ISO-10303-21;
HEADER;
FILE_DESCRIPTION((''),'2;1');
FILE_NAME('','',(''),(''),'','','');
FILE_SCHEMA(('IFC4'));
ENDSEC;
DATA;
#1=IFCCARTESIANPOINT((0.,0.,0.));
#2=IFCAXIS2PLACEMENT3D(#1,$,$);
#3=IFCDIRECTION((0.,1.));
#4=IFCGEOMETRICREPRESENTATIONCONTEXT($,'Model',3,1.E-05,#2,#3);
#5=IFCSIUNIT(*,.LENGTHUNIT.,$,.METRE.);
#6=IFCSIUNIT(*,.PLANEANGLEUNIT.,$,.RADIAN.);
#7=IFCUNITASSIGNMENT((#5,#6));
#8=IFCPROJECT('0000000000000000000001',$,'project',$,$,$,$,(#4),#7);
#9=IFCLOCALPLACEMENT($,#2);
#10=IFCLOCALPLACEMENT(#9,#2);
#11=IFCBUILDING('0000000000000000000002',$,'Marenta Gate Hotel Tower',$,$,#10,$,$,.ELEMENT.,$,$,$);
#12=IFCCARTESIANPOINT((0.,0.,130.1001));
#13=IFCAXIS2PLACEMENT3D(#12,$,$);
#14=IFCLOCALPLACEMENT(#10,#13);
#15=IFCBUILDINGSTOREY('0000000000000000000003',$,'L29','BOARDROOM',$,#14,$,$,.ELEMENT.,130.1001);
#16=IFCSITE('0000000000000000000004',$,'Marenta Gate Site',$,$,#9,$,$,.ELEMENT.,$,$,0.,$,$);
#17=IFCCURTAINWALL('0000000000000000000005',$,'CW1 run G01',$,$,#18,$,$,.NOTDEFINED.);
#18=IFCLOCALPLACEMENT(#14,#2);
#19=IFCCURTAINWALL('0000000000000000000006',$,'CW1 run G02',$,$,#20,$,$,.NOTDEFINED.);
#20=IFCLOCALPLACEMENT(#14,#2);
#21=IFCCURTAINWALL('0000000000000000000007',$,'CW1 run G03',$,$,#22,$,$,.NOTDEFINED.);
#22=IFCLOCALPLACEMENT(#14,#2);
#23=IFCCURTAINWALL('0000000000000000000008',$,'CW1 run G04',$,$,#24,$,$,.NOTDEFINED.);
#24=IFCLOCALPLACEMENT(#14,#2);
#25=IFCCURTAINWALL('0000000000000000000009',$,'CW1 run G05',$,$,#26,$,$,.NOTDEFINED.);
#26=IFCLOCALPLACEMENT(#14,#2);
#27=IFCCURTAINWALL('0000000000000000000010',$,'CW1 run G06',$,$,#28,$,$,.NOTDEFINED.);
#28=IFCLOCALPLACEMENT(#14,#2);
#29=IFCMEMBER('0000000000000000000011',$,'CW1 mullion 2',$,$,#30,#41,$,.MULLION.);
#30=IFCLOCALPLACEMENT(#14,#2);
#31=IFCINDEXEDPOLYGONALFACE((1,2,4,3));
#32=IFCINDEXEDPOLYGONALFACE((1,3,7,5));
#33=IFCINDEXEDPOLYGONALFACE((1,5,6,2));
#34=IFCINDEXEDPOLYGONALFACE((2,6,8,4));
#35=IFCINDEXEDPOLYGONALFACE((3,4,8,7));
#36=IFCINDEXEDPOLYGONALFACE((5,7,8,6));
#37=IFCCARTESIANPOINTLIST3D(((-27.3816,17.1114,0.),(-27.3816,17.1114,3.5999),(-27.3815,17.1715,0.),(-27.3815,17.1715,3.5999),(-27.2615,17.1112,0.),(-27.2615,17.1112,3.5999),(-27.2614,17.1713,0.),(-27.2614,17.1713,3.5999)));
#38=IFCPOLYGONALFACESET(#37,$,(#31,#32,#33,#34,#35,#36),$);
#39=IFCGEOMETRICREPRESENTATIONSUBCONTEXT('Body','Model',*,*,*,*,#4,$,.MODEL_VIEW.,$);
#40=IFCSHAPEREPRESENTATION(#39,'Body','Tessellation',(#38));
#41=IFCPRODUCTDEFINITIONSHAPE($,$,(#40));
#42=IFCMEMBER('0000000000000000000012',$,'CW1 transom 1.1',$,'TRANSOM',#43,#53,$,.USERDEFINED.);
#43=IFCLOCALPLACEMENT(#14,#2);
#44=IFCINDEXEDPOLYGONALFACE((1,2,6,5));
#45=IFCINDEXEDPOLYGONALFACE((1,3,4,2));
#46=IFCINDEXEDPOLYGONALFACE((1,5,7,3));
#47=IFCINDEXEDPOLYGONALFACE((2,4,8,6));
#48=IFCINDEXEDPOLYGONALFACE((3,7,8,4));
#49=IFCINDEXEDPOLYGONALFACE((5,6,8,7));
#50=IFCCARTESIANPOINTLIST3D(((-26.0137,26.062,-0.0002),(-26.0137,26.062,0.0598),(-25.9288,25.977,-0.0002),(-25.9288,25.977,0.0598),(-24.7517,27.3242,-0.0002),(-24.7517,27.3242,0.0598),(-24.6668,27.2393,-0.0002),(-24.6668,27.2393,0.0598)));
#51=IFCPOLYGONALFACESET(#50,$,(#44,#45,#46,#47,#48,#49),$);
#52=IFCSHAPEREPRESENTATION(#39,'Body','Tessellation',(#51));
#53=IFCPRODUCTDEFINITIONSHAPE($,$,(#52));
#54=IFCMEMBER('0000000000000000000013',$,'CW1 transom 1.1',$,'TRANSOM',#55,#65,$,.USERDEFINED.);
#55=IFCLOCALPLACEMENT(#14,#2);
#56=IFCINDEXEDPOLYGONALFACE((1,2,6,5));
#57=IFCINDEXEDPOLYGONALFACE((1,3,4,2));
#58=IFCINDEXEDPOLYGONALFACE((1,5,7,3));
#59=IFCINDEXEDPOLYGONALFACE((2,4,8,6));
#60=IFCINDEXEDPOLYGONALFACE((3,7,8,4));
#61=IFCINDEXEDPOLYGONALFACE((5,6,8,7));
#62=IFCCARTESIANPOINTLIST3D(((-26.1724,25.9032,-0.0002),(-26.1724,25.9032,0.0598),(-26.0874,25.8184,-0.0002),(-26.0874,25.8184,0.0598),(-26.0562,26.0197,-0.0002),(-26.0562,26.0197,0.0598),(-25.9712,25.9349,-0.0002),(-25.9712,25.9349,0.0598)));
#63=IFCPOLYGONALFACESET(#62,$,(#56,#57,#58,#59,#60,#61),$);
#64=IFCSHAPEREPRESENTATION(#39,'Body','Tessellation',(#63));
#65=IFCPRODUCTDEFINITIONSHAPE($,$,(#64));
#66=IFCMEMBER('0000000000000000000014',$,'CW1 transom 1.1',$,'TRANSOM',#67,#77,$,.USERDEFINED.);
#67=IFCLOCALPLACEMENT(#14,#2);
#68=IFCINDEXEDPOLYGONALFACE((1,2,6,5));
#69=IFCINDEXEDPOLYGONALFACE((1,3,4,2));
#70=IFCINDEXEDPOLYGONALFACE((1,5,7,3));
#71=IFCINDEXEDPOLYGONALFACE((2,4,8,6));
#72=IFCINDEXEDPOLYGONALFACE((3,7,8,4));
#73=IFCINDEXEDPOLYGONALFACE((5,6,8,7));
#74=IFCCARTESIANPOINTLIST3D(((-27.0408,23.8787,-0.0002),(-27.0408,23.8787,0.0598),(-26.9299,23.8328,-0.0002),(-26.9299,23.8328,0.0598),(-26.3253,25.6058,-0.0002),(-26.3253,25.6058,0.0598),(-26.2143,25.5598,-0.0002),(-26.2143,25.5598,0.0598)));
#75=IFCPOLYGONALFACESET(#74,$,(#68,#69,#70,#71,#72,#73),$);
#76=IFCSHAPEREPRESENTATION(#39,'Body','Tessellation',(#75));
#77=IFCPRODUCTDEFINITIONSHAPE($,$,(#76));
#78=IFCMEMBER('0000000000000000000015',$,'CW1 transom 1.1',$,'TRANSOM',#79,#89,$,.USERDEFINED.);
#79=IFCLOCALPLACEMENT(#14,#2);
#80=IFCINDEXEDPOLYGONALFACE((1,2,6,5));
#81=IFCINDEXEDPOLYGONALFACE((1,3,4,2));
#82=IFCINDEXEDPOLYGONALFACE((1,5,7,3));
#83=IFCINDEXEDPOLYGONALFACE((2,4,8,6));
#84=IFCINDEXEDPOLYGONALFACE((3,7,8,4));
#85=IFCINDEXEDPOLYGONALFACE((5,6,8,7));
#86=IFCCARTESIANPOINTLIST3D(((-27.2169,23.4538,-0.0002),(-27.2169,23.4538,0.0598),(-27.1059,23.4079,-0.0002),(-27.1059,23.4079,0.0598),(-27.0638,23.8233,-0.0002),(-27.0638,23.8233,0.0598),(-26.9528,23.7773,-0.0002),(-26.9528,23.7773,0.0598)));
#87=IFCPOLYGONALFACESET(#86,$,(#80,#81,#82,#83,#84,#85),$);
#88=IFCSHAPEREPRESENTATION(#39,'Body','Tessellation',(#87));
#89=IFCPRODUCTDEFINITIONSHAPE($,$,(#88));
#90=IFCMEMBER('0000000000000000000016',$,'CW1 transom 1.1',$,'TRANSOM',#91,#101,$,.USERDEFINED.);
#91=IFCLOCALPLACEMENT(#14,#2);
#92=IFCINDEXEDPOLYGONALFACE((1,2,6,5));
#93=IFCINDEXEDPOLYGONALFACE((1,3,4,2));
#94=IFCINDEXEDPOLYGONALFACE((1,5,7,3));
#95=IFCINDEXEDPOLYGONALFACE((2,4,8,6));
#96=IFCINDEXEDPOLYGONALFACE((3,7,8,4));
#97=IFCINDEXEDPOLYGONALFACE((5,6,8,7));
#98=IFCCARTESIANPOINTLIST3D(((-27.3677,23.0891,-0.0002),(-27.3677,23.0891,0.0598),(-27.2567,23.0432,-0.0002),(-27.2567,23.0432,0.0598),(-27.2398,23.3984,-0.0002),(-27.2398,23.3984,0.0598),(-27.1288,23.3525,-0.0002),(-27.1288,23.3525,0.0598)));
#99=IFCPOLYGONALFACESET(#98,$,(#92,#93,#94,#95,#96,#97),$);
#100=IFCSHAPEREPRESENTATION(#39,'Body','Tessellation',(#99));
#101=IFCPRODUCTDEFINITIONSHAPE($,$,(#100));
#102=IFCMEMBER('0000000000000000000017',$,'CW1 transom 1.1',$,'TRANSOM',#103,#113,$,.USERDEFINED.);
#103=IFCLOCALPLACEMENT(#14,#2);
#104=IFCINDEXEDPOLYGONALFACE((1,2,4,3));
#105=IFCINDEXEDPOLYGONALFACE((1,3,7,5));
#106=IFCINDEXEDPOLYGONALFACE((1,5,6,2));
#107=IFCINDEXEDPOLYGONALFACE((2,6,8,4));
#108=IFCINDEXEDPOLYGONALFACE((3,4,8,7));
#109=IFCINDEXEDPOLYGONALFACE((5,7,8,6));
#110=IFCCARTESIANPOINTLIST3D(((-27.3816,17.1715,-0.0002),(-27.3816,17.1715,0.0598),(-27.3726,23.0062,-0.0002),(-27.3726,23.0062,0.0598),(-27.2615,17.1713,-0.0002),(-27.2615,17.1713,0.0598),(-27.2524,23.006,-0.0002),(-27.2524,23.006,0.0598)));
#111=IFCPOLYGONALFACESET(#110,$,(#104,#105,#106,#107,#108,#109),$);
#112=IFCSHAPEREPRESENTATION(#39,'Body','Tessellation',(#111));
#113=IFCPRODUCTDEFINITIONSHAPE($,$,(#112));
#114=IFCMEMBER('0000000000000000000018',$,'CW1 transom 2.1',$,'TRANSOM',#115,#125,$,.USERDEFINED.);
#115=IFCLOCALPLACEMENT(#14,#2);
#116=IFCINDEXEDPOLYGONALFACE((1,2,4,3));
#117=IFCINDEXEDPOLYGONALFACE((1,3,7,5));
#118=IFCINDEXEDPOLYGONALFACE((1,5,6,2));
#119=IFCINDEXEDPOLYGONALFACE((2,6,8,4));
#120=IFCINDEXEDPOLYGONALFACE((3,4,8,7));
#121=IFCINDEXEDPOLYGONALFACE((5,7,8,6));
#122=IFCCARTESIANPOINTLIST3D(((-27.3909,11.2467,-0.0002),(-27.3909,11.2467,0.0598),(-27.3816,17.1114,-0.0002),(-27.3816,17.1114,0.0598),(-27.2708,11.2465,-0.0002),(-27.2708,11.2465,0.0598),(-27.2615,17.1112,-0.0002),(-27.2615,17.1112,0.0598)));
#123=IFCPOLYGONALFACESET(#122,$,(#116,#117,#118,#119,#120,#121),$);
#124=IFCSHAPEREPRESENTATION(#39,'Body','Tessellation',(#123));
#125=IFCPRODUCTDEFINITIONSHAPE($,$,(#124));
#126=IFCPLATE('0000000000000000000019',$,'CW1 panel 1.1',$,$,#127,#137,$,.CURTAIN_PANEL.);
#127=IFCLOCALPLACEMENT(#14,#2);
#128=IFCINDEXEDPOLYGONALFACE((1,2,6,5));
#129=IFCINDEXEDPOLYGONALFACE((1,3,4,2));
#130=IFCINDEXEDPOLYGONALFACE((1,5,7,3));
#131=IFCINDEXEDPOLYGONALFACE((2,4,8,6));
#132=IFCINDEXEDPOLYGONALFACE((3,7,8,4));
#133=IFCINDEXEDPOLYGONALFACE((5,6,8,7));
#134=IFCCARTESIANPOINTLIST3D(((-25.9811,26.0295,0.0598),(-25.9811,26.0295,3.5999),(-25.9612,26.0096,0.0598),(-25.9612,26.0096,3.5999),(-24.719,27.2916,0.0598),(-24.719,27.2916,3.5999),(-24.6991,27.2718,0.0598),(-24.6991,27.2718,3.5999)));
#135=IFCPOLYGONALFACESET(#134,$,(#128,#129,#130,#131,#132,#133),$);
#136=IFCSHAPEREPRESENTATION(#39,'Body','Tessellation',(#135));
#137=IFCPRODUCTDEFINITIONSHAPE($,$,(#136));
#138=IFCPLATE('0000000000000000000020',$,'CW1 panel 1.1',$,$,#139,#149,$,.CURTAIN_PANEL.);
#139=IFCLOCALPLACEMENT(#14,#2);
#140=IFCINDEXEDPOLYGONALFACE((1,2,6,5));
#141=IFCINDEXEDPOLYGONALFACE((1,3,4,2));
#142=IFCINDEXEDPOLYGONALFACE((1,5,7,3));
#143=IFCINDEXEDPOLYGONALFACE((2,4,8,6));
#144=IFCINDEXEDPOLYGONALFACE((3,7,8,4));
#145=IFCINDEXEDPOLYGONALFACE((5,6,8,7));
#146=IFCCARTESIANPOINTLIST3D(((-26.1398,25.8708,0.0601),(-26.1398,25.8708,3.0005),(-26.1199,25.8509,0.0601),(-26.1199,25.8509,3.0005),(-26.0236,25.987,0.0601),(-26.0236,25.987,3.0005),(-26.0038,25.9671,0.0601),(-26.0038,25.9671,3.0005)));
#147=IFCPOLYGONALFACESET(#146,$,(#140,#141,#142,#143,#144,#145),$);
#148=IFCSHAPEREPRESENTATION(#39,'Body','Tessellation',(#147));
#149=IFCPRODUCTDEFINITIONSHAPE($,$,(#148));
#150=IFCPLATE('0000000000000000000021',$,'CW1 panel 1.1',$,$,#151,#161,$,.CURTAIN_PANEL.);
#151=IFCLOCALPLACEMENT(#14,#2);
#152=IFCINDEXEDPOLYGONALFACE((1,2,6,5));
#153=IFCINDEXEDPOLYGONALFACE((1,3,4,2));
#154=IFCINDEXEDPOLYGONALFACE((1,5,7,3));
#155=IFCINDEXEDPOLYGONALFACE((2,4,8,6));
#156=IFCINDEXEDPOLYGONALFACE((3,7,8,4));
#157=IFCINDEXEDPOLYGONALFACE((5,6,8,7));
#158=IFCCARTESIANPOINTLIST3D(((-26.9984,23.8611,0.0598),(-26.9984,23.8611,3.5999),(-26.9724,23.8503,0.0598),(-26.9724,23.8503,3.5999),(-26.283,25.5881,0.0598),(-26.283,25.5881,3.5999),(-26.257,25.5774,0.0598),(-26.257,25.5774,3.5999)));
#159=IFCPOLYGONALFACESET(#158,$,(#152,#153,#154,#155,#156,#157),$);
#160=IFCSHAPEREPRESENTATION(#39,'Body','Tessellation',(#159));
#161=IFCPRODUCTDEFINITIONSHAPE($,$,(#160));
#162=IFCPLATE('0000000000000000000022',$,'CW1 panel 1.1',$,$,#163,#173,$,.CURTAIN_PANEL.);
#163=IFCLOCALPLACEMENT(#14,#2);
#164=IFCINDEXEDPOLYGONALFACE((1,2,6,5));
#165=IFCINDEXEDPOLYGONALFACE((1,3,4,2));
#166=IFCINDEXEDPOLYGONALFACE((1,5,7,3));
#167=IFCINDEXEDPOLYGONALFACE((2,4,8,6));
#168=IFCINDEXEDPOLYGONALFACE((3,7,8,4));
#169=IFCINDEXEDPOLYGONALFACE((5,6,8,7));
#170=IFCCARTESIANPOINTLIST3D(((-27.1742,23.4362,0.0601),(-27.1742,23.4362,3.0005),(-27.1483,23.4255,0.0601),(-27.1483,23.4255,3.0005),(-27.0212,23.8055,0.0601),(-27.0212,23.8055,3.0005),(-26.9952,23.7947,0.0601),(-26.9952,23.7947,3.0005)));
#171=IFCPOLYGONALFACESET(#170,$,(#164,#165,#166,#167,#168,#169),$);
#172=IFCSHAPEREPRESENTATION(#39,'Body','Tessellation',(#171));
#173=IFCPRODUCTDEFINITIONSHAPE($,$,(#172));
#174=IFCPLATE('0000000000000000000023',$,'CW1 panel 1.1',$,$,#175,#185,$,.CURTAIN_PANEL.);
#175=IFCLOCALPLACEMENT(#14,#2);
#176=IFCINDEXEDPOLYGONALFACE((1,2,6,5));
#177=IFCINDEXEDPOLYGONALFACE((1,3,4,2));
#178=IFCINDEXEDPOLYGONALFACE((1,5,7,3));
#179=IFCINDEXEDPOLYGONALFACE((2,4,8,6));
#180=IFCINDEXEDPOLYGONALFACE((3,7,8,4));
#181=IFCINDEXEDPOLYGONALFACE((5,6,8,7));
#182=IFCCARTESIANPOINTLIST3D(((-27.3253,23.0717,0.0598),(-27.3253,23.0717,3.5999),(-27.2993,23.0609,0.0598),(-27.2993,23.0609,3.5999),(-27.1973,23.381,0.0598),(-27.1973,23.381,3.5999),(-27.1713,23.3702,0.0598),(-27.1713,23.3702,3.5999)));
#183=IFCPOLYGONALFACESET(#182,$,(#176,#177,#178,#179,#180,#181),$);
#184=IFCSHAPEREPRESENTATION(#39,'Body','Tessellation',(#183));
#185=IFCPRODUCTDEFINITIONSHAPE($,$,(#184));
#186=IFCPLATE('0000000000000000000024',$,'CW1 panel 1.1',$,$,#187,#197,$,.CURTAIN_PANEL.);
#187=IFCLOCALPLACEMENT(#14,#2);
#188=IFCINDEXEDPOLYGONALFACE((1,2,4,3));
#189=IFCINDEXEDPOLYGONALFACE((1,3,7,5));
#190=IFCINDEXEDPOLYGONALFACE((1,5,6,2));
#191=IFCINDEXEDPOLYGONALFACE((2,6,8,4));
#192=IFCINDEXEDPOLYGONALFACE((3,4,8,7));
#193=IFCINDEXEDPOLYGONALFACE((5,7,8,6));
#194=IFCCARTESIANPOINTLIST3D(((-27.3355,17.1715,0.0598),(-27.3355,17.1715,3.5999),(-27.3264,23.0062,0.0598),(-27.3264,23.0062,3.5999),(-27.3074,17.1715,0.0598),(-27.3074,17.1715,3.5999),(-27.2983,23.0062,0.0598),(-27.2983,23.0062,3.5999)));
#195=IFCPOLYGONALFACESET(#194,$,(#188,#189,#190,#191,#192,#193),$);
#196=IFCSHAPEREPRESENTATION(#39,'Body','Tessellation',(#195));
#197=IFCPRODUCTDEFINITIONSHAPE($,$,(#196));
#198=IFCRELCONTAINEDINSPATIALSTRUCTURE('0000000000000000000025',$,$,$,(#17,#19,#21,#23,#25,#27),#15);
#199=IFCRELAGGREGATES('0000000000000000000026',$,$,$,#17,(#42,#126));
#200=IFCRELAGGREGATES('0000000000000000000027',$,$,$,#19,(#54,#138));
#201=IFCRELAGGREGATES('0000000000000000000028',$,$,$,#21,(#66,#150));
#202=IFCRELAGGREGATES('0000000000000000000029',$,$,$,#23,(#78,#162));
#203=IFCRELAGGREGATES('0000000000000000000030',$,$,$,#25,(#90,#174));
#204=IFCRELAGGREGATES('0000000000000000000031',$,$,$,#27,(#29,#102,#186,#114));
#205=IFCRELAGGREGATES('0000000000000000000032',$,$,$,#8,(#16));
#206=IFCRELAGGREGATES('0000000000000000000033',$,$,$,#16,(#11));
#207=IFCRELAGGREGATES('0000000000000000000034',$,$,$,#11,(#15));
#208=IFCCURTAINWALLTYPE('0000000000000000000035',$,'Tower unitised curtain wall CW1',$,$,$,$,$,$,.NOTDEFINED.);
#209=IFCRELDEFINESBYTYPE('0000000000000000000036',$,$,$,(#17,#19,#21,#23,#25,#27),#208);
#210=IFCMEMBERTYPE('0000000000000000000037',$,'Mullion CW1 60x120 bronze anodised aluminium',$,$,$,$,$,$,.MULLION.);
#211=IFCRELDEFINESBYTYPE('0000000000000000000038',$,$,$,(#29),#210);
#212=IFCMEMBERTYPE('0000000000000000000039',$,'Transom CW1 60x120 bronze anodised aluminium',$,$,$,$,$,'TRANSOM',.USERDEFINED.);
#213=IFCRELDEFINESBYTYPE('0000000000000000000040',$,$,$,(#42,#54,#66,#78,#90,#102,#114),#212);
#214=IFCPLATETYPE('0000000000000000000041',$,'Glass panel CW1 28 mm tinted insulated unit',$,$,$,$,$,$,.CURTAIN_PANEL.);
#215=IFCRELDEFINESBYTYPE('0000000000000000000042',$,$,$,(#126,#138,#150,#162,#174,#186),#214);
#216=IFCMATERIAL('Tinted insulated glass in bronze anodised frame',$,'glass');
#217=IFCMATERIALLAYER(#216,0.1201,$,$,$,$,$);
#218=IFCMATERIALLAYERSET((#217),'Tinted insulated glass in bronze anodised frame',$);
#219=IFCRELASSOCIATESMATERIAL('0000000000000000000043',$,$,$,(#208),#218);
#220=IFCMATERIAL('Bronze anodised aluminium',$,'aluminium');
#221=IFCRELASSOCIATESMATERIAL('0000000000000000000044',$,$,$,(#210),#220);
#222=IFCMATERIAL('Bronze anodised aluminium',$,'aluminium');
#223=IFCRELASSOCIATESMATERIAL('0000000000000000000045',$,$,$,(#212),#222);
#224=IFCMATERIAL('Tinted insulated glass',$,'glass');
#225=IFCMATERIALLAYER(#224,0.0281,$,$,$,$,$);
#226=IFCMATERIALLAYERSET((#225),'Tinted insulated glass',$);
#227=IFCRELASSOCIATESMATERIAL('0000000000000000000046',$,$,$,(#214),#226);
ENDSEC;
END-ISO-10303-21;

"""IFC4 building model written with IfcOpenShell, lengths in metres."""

from ifc_helpers import new_model, si_unit, direction, frame, origin, origin_2d, place, context, subcontext, project, spatial, rectangle, extrude, material, layer, layer_set, material_profile, profile_set, type_object, element, aggregate, save


model = new_model("IFC4")

# Units and contexts
model_context = context("Model", 3, precision=1e-05, world=origin(), true_north=direction((0.0, 1.0)))
body_context = subcontext(model_context, "Body", "Model", "MODEL_VIEW")
ifc_project = project(units=[si_unit("LENGTHUNIT", "METRE"), si_unit("PLANEANGLEUNIT", "RADIAN")], contexts=[model_context])

# Site, building, storey
site_placement = place(None, origin())
site = spatial("IfcSite", under=ifc_project, at=site_placement, Name="Marenta Gate Site", CompositionType="ELEMENT", RefElevation=0.0)
building_placement = place(site_placement, origin())
building = spatial("IfcBuilding", under=site, at=building_placement, Name="Marenta Gate Hotel Tower", CompositionType="ELEMENT")
storey_placement = place(building_placement, frame((0.0, 0.0, 130.1001)))
storey = spatial("IfcBuildingStorey", under=building, at=storey_placement, Name="L29", Description="BOARDROOM", CompositionType="ELEMENT", Elevation=130.1001)

# Curtain wall
ifc_material_1 = material(Name="Tinted insulated glass in bronze anodised frame", Category="glass")
ifc_layer_1 = layer(ifc_material_1, 0.1201)
ifc_layer_set_1 = layer_set([ifc_layer_1], Name="Tinted insulated glass in bronze anodised frame")
curtain_wall_type = type_object("IfcCurtainWallType", Name="Tower unitised curtain wall CW1", PredefinedType="NOTDEFINED", material=ifc_layer_set_1)
curtain_wall_1_placement = place(storey_placement, origin())
curtain_wall_1 = element("IfcCurtainWall", 1, at=curtain_wall_1_placement, inside=storey, type_object=curtain_wall_type, Name="CW1 run G01", PredefinedType="NOTDEFINED")
ifc_material_2 = material(Name="Bronze anodised aluminium", Category="aluminium")
ifc_material_profile_1 = material_profile(ifc_material_2, rectangle(XDim=0.1201, YDim=0.0601, at=origin_2d()), Name="Mullion CW1 60x120 bronze anodised aluminium")
ifc_profile_set_1 = profile_set([ifc_material_profile_1], Name="Bronze anodised aluminium")
member_type_1 = type_object("IfcMemberType", Name="Mullion CW1 60x120 bronze anodised aluminium", PredefinedType="MULLION", material=ifc_profile_set_1)

# Curtain wall
curtain_wall_2_placement = place(storey_placement, origin())
curtain_wall_2 = element("IfcCurtainWall", 2, at=curtain_wall_2_placement, inside=storey, type_object=curtain_wall_type, Name="CW1 run G02", PredefinedType="NOTDEFINED")

# Curtain walls
curtain_wall_3_placement = place(storey_placement, origin())
curtain_wall_3 = element("IfcCurtainWall", 3, at=curtain_wall_3_placement, inside=storey, type_object=curtain_wall_type, Name="CW1 run G03", PredefinedType="NOTDEFINED")
curtain_wall_4_placement = place(storey_placement, origin())
curtain_wall_4 = element("IfcCurtainWall", 4, at=curtain_wall_4_placement, inside=storey, type_object=curtain_wall_type, Name="CW1 run G04", PredefinedType="NOTDEFINED")
curtain_wall_5_placement = place(storey_placement, origin())
curtain_wall_5 = element("IfcCurtainWall", 5, at=curtain_wall_5_placement, inside=storey, type_object=curtain_wall_type, Name="CW1 run G05", PredefinedType="NOTDEFINED")

# Curtain wall, member
curtain_wall_6_placement = place(storey_placement, origin())
curtain_wall_6 = element("IfcCurtainWall", 6, at=curtain_wall_6_placement, inside=storey, type_object=curtain_wall_type, Name="CW1 run G06", PredefinedType="NOTDEFINED")
member_1_placement = place(storey_placement, frame((-27.3215, 17.1414, 0.0), z_axis=(0.0, 0.0, 1.0), x_axis=(0.999999, -0.00157, 0.0)))
member_1 = element("IfcMember", 7, at=member_1_placement, type_object=member_type_1, Name="CW1 mullion 2", PredefinedType="MULLION", context=body_context, shape_type="SweptSolid", body=[
    extrude(rectangle(XDim=0.1201, YDim=0.0601, at=origin_2d()), origin(), (0.0, 0.0, 1.0), 3.5999),
])

# Members
ifc_material_3 = material(Name="Bronze anodised aluminium", Category="aluminium")
ifc_material_profile_2 = material_profile(ifc_material_3, rectangle(XDim=0.1201, YDim=0.0601, at=origin_2d()), Name="Transom CW1 60x120 bronze anodised aluminium")
ifc_profile_set_2 = profile_set([ifc_material_profile_2], Name="Bronze anodised aluminium")
member_type_2 = type_object("IfcMemberType", Name="Transom CW1 60x120 bronze anodised aluminium", ElementType="TRANSOM", PredefinedType="USERDEFINED", material=ifc_profile_set_2)
member_2_placement = place(storey_placement, frame((-24.7092, 27.2817, 0.0298), z_axis=(-0.707038, -0.707175, 0.0), x_axis=(0.707175, -0.707038, 0.0)))
member_2 = element("IfcMember", 8, at=member_2_placement, type_object=member_type_2, Name="CW1 transom 1.1", ObjectType="TRANSOM", PredefinedType="USERDEFINED", context=body_context, shape_type="SweptSolid", body=[
    extrude(rectangle(XDim=0.1201, YDim=0.0601, at=origin_2d()), origin(), (0.0, 0.0, 1.0), 1.7849),
])
member_3_placement = place(storey_placement, frame((-26.0137, 25.9773, 0.0298), z_axis=(-0.706364, -0.707848, 0.0), x_axis=(0.707848, -0.706364, 0.0)))
member_3 = element("IfcMember", 9, at=member_3_placement, type_object=member_type_2, Name="CW1 transom 1.1", ObjectType="TRANSOM", PredefinedType="USERDEFINED", context=body_context, shape_type="SweptSolid", body=[
    extrude(rectangle(XDim=0.1201, YDim=0.0601, at=origin_2d()), origin(), (0.0, 0.0, 1.0), 0.1646),
])
member_4_placement = place(storey_placement, frame((-26.2698, 25.5828, 0.0298), z_axis=(-0.382779, -0.92384, 0.0), x_axis=(0.92384, -0.382779, 0.0)))
member_4 = element("IfcMember", 10, at=member_4_placement, type_object=member_type_2, Name="CW1 transom 1.1", ObjectType="TRANSOM", PredefinedType="USERDEFINED", context=body_context, shape_type="SweptSolid", body=[
    extrude(rectangle(XDim=0.1201, YDim=0.0601, at=origin_2d()), origin(), (0.0, 0.0, 1.0), 1.8694),
])
member_5_placement = place(storey_placement, frame((-27.0083, 23.8003, 0.0298), z_axis=(-0.382837, -0.923816, 0.0), x_axis=(0.923816, -0.382837, 0.0)))
member_5 = element("IfcMember", 11, at=member_5_placement, type_object=member_type_2, Name="CW1 transom 1.1", ObjectType="TRANSOM", PredefinedType="USERDEFINED", context=body_context, shape_type="SweptSolid", body=[
    extrude(rectangle(XDim=0.1201, YDim=0.0601, at=origin_2d()), origin(), (0.0, 0.0, 1.0), 0.3999),
])
member_6_placement = place(storey_placement, frame((-27.1843, 23.3755, 0.0298), z_axis=(-0.38218, -0.924088, 0.0), x_axis=(0.924088, -0.38218, 0.0)))
member_6 = element("IfcMember", 12, at=member_6_placement, type_object=member_type_2, Name="CW1 transom 1.1", ObjectType="TRANSOM", PredefinedType="USERDEFINED", context=body_context, shape_type="SweptSolid", body=[
    extrude(rectangle(XDim=0.1201, YDim=0.0601, at=origin_2d()), origin(), (0.0, 0.0, 1.0), 0.3347),
])
member_7_placement = place(storey_placement, frame((-27.3125, 23.0061, 0.0298), z_axis=(-0.001548, -0.999999, 0.0), x_axis=(0.999999, -0.001548, 0.0)))
member_7 = element("IfcMember", 13, at=member_7_placement, type_object=member_type_2, Name="CW1 transom 1.1", ObjectType="TRANSOM", PredefinedType="USERDEFINED", context=body_context, shape_type="SweptSolid", body=[
    extrude(rectangle(XDim=0.1201, YDim=0.0601, at=origin_2d()), origin(), (0.0, 0.0, 1.0), 5.8347),
])
member_8_placement = place(storey_placement, frame((-27.3215, 17.1113, 0.0298), z_axis=(-0.001582, -0.999999, 0.0), x_axis=(0.999999, -0.001582, 0.0)))
member_8 = element("IfcMember", 14, at=member_8_placement, type_object=member_type_2, Name="CW1 transom 2.1", ObjectType="TRANSOM", PredefinedType="USERDEFINED", context=body_context, shape_type="SweptSolid", body=[
    extrude(rectangle(XDim=0.1201, YDim=0.0601, at=origin_2d()), origin(), (0.0, 0.0, 1.0), 5.8647),
])

# Plates
ifc_material_4 = material(Name="Tinted insulated glass", Category="glass")
ifc_layer_2 = layer(ifc_material_4, 0.0281)
ifc_layer_set_2 = layer_set([ifc_layer_2], Name="Tinted insulated glass")
plate_type = type_object("IfcPlateType", Name="Glass panel CW1 28 mm tinted insulated unit", PredefinedType="CURTAIN_PANEL", material=ifc_layer_set_2)
plate_1_placement = place(storey_placement, frame((-25.3401, 26.6506, 0.0598), z_axis=(0.0, 0.0, 1.0), x_axis=(-0.707107, -0.707107, 0.0)))
plate_1 = element("IfcPlate", 15, at=plate_1_placement, type_object=plate_type, Name="CW1 panel 1.1", PredefinedType="CURTAIN_PANEL", context=body_context, shape_type="SweptSolid", body=[
    extrude(rectangle(XDim=1.7849, YDim=0.0281, at=origin_2d()), origin(), (0.0, 0.0, 1.0), 3.54),
])
aggregate(curtain_wall_1, [member_2, plate_1])
plate_2_placement = place(storey_placement, frame((-26.0718, 25.9189, 0.0601), z_axis=(0.0, 0.0, 1.0), x_axis=(-0.707107, -0.707107, 0.0)))
plate_2 = element("IfcPlate", 16, at=plate_2_placement, type_object=plate_type, Name="CW1 panel 1.1", PredefinedType="CURTAIN_PANEL", context=body_context, shape_type="SweptSolid", body=[
    extrude(rectangle(XDim=0.1643, YDim=0.0281, at=origin_2d()), origin(), (0.0, 0.0, 1.0), 2.9404),
])
aggregate(curtain_wall_2, [member_3, plate_2])
plate_3_placement = place(storey_placement, frame((-26.6277, 24.7192, 0.0598), z_axis=(0.0, 0.0, 1.0), x_axis=(-0.382694, -0.923875, 0.0)))
plate_3 = element("IfcPlate", 17, at=plate_3_placement, type_object=plate_type, Name="CW1 panel 1.1", PredefinedType="CURTAIN_PANEL", context=body_context, shape_type="SweptSolid", body=[
    extrude(rectangle(XDim=1.8694, YDim=0.0281, at=origin_2d()), origin(), (0.0, 0.0, 1.0), 3.54),
])
aggregate(curtain_wall_3, [member_4, plate_3])
plate_4_placement = place(storey_placement, frame((-27.0847, 23.6155, 0.0601), z_axis=(0.0, 0.0, 1.0), x_axis=(-0.382838, -0.923815, 0.0)))
plate_4 = element("IfcPlate", 18, at=plate_4_placement, type_object=plate_type, Name="CW1 panel 1.1", PredefinedType="CURTAIN_PANEL", context=body_context, shape_type="SweptSolid", body=[
    extrude(rectangle(XDim=0.3997, YDim=0.0281, at=origin_2d()), origin(), (0.0, 0.0, 1.0), 2.9404),
])
aggregate(curtain_wall_4, [member_5, plate_4])
plate_5_placement = place(storey_placement, frame((-27.2483, 23.2209, 0.0598), z_axis=(0.0, 0.0, 1.0), x_axis=(-0.382456, -0.923974, 0.0)))
plate_5 = element("IfcPlate", 19, at=plate_5_placement, type_object=plate_type, Name="CW1 panel 1.1", PredefinedType="CURTAIN_PANEL", context=body_context, shape_type="SweptSolid", body=[
    extrude(rectangle(XDim=0.3347, YDim=0.0281, at=origin_2d()), origin(), (0.0, 0.0, 1.0), 3.54),
])
aggregate(curtain_wall_5, [member_6, plate_5])
plate_6_placement = place(storey_placement, frame((-27.3169, 20.0889, 0.0598), z_axis=(0.0, 0.0, 1.0), x_axis=(-0.00157, -0.999999, 0.0)))
plate_6 = element("IfcPlate", 20, at=plate_6_placement, type_object=plate_type, Name="CW1 panel 1.1", PredefinedType="CURTAIN_PANEL", context=body_context, shape_type="SweptSolid", body=[
    extrude(rectangle(XDim=5.8347, YDim=0.0281, at=origin_2d()), origin(), (0.0, 0.0, 1.0), 3.54),
])
aggregate(curtain_wall_6, [member_1, member_7, plate_6, member_8])

save(model, "model.ifc")
